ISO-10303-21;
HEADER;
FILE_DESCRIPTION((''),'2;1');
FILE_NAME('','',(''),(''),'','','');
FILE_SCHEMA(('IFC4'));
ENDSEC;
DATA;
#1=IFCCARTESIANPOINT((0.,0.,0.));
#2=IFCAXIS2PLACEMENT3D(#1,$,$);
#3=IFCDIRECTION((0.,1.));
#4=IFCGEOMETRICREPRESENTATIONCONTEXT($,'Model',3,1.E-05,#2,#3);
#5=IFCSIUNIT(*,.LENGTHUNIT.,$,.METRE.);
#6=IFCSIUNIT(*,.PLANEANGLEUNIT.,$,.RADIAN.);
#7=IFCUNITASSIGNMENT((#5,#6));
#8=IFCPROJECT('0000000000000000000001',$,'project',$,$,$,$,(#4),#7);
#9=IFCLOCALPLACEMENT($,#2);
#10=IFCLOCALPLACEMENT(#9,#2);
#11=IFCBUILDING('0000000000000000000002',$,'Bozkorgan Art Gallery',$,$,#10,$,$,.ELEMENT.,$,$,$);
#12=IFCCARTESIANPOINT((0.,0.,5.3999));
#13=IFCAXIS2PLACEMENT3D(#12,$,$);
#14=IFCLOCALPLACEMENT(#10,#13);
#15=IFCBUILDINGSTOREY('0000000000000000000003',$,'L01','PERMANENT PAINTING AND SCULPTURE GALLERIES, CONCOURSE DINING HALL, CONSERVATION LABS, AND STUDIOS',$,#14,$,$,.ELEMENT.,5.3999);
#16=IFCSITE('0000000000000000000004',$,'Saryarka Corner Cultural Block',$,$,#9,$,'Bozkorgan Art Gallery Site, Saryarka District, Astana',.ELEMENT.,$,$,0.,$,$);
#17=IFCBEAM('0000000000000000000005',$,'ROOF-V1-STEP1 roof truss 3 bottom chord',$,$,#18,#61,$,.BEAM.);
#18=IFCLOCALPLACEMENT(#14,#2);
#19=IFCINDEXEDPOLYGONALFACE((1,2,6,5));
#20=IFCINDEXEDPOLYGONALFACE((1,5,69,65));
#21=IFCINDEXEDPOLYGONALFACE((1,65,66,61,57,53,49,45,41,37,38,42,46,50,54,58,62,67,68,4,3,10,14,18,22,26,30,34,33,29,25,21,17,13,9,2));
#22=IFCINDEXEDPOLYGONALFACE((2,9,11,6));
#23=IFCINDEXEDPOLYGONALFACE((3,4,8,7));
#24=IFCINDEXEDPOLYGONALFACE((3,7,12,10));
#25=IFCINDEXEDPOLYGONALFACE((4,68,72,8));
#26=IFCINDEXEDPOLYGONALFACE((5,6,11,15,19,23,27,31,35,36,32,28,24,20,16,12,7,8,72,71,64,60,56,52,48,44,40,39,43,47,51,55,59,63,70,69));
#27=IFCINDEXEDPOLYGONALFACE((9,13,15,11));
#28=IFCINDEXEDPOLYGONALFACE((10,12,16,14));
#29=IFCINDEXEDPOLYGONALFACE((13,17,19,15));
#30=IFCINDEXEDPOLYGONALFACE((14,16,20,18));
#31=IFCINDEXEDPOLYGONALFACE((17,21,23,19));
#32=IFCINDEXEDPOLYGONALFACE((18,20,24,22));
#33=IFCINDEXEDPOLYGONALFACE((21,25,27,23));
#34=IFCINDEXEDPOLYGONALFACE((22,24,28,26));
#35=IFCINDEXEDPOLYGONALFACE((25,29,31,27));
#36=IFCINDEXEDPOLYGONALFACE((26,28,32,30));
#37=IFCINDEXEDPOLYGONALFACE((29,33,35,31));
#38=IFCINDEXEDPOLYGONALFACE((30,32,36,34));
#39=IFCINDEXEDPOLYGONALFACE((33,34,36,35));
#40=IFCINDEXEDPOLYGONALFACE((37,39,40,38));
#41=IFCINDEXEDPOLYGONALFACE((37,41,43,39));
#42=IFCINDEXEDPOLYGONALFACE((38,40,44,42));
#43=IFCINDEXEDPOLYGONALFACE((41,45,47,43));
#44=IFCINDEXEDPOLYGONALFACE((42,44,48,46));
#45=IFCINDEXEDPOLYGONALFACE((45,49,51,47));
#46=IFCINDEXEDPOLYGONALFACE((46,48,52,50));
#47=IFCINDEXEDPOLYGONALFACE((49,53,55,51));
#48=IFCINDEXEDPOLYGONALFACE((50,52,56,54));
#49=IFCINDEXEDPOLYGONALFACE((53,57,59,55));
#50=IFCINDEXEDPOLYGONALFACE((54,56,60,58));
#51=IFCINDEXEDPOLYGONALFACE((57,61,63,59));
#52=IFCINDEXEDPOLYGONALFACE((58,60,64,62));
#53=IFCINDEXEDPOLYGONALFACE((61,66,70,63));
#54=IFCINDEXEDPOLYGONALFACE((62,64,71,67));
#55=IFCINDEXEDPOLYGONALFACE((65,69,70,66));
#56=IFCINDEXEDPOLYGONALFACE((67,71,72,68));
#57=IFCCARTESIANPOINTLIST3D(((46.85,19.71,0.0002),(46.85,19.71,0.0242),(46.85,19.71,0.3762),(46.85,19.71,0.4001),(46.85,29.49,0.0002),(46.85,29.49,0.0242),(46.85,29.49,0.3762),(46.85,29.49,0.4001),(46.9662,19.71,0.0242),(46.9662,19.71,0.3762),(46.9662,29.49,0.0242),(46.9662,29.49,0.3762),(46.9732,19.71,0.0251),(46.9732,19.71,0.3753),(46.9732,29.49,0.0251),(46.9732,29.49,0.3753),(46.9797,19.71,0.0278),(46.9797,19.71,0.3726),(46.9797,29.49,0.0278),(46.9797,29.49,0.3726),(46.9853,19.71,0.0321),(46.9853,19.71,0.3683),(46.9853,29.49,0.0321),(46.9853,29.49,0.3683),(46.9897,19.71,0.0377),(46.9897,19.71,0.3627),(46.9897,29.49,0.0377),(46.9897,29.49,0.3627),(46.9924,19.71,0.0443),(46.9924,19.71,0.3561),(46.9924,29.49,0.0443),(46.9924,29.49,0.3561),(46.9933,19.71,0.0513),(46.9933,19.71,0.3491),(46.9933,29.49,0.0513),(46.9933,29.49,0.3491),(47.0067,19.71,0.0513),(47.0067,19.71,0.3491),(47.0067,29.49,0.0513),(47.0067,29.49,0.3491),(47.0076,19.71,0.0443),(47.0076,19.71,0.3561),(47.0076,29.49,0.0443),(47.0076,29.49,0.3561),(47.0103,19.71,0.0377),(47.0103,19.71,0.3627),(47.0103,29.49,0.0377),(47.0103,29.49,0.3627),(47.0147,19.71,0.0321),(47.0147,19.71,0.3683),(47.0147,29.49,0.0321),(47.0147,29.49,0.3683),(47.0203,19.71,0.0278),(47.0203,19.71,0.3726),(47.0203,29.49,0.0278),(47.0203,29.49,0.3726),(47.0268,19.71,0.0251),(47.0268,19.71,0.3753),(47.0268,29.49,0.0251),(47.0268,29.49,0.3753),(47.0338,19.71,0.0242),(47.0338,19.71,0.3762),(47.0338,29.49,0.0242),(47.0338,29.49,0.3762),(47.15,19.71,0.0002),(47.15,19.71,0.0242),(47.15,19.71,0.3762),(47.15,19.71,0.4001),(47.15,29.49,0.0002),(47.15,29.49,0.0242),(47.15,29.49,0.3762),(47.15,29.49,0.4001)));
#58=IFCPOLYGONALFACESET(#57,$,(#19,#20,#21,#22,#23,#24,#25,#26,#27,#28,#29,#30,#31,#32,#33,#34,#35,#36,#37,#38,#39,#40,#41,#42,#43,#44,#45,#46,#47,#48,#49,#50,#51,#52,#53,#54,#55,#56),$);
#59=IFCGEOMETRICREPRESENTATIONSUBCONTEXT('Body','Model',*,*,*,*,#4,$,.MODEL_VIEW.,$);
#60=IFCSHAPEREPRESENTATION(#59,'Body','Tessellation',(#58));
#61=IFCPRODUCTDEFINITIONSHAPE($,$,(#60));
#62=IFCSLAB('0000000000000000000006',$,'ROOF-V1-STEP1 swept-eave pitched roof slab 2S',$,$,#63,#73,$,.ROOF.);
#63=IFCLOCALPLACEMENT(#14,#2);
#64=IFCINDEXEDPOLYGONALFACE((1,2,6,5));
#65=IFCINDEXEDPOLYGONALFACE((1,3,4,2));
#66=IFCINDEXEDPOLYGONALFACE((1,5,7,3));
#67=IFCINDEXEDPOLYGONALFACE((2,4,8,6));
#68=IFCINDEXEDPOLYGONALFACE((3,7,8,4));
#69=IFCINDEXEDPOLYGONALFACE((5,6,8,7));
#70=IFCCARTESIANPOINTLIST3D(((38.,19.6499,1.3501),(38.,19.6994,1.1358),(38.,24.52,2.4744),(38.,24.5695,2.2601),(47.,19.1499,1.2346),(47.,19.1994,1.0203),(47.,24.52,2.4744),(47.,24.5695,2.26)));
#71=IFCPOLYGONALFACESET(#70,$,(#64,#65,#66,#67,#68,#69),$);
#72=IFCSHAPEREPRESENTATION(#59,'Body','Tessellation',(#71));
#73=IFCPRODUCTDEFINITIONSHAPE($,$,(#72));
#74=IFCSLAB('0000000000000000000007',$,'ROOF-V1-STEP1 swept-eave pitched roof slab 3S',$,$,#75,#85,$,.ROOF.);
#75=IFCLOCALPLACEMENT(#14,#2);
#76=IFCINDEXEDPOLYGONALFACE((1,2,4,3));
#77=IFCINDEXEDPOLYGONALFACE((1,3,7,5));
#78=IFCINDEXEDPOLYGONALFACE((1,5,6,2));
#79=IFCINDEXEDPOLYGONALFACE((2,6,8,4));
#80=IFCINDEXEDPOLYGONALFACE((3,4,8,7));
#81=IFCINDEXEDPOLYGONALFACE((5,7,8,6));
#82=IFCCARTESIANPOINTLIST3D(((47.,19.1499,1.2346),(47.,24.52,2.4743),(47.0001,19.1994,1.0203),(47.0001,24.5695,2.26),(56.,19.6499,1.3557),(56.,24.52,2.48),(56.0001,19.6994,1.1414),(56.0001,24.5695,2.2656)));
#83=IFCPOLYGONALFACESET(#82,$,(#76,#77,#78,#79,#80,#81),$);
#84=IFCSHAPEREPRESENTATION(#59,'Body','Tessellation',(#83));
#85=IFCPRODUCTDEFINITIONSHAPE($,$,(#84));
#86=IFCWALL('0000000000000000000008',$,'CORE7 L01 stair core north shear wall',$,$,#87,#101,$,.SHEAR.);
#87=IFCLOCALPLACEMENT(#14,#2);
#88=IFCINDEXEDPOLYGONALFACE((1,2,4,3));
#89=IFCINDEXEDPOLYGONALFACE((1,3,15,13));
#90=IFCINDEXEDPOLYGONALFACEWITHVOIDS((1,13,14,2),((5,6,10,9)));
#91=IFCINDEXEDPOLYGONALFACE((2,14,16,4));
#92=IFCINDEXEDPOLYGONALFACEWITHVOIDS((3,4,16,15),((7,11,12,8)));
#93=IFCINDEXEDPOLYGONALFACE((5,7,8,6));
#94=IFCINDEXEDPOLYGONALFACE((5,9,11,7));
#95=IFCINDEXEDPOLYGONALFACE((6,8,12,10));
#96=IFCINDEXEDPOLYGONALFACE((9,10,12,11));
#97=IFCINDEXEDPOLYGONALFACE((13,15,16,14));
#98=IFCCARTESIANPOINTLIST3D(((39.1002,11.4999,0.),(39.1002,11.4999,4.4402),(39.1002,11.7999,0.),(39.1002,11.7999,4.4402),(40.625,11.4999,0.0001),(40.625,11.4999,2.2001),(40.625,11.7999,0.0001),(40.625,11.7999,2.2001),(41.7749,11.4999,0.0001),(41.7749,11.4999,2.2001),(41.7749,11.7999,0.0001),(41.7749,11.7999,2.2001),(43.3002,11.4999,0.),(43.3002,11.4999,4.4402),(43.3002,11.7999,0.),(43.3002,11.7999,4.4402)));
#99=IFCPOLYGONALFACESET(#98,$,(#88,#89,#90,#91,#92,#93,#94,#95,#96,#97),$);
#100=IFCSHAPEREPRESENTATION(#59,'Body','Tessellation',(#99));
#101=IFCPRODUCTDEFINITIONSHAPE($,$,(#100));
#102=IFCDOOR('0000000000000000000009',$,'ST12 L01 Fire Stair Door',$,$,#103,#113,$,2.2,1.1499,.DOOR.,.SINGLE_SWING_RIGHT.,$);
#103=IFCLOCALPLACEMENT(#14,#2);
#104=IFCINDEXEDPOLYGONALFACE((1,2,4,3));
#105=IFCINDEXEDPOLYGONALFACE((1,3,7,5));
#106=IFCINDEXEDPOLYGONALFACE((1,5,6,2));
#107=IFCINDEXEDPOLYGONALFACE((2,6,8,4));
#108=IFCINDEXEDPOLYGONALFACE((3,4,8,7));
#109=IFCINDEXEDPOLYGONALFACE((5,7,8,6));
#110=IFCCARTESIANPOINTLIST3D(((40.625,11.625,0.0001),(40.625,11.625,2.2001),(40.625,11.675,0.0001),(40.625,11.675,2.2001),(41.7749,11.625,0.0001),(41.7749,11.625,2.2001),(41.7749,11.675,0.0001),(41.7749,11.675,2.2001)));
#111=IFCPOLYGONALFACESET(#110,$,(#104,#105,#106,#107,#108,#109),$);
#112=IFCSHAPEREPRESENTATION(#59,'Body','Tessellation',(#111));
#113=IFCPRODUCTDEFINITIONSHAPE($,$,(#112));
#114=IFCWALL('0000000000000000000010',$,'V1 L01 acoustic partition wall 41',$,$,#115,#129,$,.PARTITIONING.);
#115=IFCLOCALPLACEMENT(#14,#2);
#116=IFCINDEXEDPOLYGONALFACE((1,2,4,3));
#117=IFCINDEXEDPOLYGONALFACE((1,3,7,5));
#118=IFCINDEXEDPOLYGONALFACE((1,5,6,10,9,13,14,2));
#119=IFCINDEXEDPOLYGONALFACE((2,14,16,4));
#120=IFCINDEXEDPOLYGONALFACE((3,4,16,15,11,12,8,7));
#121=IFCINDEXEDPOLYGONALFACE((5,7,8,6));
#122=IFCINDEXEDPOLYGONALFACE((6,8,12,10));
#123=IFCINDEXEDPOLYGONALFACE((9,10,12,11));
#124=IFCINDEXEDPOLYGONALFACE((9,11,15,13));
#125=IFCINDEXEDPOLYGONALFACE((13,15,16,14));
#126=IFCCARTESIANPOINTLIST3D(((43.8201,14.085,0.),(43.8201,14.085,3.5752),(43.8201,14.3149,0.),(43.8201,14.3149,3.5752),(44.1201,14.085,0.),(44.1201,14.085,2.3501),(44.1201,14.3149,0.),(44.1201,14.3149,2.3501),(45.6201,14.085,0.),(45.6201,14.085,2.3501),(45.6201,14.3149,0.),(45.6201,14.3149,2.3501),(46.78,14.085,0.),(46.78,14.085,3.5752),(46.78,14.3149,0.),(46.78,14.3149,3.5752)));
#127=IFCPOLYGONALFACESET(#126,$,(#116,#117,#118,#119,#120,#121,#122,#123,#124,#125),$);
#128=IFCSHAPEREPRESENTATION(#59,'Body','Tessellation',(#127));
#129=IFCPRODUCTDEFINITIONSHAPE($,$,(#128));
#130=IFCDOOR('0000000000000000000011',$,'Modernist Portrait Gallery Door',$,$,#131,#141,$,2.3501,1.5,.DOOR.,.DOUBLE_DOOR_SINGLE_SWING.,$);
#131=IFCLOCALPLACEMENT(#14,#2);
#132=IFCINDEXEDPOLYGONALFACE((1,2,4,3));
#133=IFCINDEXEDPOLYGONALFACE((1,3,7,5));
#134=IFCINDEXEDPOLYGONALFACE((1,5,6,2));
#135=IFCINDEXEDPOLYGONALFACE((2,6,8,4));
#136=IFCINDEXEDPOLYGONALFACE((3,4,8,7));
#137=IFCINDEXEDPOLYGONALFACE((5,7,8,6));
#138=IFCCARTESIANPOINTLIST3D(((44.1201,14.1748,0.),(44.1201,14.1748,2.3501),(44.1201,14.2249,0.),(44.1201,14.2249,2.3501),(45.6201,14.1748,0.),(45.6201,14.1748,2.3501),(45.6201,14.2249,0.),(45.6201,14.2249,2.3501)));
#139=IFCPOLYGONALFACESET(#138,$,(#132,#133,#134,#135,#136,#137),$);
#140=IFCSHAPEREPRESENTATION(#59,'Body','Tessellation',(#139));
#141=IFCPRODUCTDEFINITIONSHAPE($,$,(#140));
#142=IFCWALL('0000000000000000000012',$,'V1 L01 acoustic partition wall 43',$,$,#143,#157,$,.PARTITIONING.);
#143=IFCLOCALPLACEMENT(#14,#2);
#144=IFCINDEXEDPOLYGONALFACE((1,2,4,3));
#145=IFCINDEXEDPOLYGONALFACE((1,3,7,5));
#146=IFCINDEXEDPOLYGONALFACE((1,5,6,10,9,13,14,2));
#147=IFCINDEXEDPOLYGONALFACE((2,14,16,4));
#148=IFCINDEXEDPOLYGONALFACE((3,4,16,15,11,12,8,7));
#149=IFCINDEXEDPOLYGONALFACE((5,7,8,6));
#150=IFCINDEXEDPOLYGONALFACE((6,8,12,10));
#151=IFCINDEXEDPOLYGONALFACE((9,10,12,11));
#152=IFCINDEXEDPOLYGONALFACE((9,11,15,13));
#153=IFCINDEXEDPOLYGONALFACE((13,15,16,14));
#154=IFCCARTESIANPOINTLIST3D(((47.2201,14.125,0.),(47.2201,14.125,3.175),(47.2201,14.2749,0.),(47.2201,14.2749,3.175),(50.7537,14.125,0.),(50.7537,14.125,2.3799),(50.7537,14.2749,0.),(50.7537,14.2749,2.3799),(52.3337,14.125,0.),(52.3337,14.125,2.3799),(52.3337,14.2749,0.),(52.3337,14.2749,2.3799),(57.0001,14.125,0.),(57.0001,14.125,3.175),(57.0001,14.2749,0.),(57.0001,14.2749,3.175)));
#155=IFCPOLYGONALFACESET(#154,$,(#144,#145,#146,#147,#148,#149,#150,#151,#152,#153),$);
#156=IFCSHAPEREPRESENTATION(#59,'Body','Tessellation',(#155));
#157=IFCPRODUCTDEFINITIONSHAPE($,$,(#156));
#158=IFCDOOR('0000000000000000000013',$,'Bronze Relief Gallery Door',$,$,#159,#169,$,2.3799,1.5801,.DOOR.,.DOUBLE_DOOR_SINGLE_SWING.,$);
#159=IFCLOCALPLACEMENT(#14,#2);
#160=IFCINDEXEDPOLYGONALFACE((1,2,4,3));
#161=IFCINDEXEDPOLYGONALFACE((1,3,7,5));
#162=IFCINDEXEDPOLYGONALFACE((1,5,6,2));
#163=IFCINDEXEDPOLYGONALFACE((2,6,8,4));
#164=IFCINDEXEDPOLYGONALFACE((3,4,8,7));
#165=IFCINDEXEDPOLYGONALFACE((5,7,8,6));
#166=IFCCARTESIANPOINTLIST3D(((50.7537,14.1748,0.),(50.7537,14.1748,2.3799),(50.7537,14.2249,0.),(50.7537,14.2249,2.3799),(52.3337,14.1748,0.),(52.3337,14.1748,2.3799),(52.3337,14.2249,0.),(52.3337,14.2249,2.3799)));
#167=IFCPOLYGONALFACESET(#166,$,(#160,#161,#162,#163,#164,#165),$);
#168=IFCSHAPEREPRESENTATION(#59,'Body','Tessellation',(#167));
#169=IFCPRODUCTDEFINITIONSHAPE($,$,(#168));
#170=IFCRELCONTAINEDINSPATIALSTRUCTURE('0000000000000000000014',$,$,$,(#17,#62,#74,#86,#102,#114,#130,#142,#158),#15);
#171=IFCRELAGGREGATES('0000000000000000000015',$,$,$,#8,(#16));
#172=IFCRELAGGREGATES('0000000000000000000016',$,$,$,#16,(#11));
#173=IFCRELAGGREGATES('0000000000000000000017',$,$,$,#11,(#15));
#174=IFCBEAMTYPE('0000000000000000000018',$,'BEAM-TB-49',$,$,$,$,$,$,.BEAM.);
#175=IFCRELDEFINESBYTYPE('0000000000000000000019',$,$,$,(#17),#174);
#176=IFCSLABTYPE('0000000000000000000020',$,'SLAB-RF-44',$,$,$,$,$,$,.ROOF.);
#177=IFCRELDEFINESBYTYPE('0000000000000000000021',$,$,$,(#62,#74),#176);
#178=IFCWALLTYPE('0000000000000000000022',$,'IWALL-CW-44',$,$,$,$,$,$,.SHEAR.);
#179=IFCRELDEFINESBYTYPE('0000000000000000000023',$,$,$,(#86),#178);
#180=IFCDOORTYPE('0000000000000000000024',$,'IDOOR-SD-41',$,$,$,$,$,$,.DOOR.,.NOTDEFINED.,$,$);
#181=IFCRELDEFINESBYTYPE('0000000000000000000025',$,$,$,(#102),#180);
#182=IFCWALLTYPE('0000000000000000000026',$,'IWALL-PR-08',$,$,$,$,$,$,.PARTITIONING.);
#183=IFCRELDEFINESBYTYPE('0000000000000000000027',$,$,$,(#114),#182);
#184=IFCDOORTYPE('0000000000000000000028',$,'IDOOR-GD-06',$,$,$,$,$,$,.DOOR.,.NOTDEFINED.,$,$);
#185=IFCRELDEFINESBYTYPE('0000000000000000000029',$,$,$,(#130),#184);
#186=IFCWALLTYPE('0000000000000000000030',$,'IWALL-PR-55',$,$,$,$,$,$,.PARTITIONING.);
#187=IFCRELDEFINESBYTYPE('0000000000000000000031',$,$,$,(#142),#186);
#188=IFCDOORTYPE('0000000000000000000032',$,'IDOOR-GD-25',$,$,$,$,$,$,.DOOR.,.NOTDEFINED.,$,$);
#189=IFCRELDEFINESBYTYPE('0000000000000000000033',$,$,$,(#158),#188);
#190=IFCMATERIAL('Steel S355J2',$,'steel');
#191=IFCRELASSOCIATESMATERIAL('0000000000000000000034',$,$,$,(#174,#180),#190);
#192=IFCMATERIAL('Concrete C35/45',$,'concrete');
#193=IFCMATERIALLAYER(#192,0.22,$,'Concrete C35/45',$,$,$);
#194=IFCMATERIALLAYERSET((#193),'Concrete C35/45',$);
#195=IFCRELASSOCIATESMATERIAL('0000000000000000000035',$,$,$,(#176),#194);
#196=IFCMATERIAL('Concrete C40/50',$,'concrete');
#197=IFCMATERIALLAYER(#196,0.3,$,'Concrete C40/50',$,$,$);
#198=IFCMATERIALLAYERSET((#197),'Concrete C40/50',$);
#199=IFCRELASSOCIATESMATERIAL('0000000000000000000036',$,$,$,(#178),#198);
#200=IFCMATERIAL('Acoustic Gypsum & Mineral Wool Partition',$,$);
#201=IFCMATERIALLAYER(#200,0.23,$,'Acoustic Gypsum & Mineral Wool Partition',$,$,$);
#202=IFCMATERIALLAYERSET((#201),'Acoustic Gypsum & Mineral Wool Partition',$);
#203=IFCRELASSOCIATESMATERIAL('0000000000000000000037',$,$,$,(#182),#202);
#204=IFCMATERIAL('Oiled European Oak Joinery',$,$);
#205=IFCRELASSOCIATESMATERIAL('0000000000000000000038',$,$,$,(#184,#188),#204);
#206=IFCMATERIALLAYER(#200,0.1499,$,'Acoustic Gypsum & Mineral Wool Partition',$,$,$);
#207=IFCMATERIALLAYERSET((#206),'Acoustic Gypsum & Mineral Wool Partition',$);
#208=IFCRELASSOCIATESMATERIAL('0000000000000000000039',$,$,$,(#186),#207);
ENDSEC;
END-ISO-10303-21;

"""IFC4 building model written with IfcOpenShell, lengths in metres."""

from ifc_helpers import new_model, si_unit, direction, frame, frame_2d, origin, origin_2d, place, context, subcontext, project, spatial, polyline, rectangle, i_section, outline, extrude, material, layer, layer_set, material_profile, profile_set, type_object, element, fill, save


model = new_model("IFC4")

# Units and contexts
model_context = context("Model", 3, precision=1e-05, world=origin(), true_north=direction((0.0, 1.0)))
body_context = subcontext(model_context, "Body", "Model", "MODEL_VIEW")
ifc_project = project(units=[si_unit("LENGTHUNIT", "METRE"), si_unit("PLANEANGLEUNIT", "RADIAN")], contexts=[model_context])

# Site, building, storey
site_placement = place(None, origin())
site = spatial("IfcSite", under=ifc_project, at=site_placement, Name="Saryarka Corner Cultural Block", LongName="Bozkorgan Art Gallery Site, Saryarka District, Astana", CompositionType="ELEMENT", RefElevation=0.0)
building_placement = place(site_placement, origin())
building = spatial("IfcBuilding", under=site, at=building_placement, Name="Bozkorgan Art Gallery", CompositionType="ELEMENT")
storey_placement = place(building_placement, frame((0.0, 0.0, 5.3999)))
storey = spatial("IfcBuildingStorey", under=building, at=storey_placement, Name="L01", Description="PERMANENT PAINTING AND SCULPTURE GALLERIES, CONCOURSE DINING HALL, CONSERVATION LABS, AND STUDIOS", CompositionType="ELEMENT", Elevation=5.3999)

# Shared definitions
ifc_material_1 = material(Name="Concrete C40/50", Category="concrete")

# Beam
ifc_material_2 = material(Name="Concrete C35/45", Category="concrete")
ifc_material_3 = material(Name="Steel S355J2", Category="steel")
ifc_material_profile_1 = material_profile(ifc_material_3, i_section(OverallWidth=0.3, OverallDepth=0.3999, WebThickness=0.0134, FlangeThickness=0.0239, FilletRadius=0.0271, at=origin_2d()), Name="HEB 400")
ifc_profile_set_1 = profile_set([ifc_material_profile_1], Name="Steel S355J2")
beam_type_1 = type_object("IfcBeamType", Name="BEAM-TB-49", PredefinedType="BEAM", material=ifc_profile_set_1)
for number, where, z_axis, x_axis, name in (
    (1, (47.0, 19.71, 0.2002), (0.0, 1.0, 0.0), (-1.0, 0.0, 0.0), "ROOF-V1-STEP1 roof truss 3 bottom chord"),
):
    element("IfcBeam", number, at=place(storey_placement, frame(where, z_axis=z_axis, x_axis=x_axis)), inside=storey, type_object=beam_type_1, Name=name, PredefinedType="BEAM", context=body_context, shape_type="SweptSolid", body=[
        extrude(i_section(OverallWidth=0.3, OverallDepth=0.3999, WebThickness=0.0134, FlangeThickness=0.0239, FilletRadius=0.0271, at=origin_2d()), origin(), (0.0, 0.0, 1.0), 9.78),
    ])

# Slabs
ifc_layer_1 = layer(ifc_material_2, 0.22, Name="Concrete C35/45")
ifc_layer_set_1 = layer_set([ifc_layer_1], Name="Concrete C35/45")
slab_type = type_object("IfcSlabType", Name="SLAB-RF-44", PredefinedType="ROOF", material=ifc_layer_set_1)
slab_1_placement = place(storey_placement, frame((38.0, 19.6499, 1.3501), z_axis=(0.000003, -0.224939, 0.974373), x_axis=(0.998378, -0.055466, -0.012807)))
element("IfcSlab", 2, at=slab_1_placement, inside=storey, type_object=slab_type, Name="ROOF-V1-STEP1 swept-eave pitched roof slab 2S", PredefinedType="ROOF", context=body_context, shape_type="SweptSolid", body=[
    extrude(outline(polyline([(0.0, 0.0), (9.0146, 0.0), (8.7009, 5.5024), (-0.2845, 4.9901), (0.0, 0.0)])), origin(), (0.0, 0.0, -1.0), 0.22),
])
slab_2_placement = place(storey_placement, frame((47.0, 19.1499, 1.2346), z_axis=(-0.000611, -0.224939, 0.974373), x_axis=(0.99837, 0.055466, 0.01343)))
element("IfcSlab", 3, at=slab_2_placement, inside=storey, type_object=slab_type, Name="ROOF-V1-STEP1 swept-eave pitched roof slab 3S", PredefinedType="ROOF", context=body_context, shape_type="SweptSolid", body=[
    extrude(outline(polyline([(0.0, 0.0), (9.0147, 0.0), (9.2999, 4.9901), (0.3145, 5.5024), (0.0, 0.0)])), origin(), (0.0, 0.0, -1.0), 0.22),
])

# Walls, openings, doors
ifc_layer_2 = layer(ifc_material_1, 0.3, Name="Concrete C40/50")
ifc_layer_set_2 = layer_set([ifc_layer_2], Name="Concrete C40/50")
wall_type_1 = type_object("IfcWallType", Name="IWALL-CW-44", PredefinedType="SHEAR", material=ifc_layer_set_2)
wall_1_placement = place(storey_placement, frame((39.1001, 11.6499, 0.0), z_axis=(0.0, 0.0, 1.0), x_axis=(1.0, 0.0, 0.0)))
wall_1 = element("IfcWall", 4, at=wall_1_placement, inside=storey, type_object=wall_type_1, Name="CORE7 L01 stair core north shear wall", PredefinedType="SHEAR", context=body_context, shape_type="SweptSolid", body=[
    extrude(rectangle(XDim=4.2, YDim=0.3, at=frame_2d((2.1001, 0.0))), origin(), (0.0, 0.0, 1.0), 4.4402),
])
opening_1_placement = place(wall_1_placement, frame((2.6748, 0.0, 0.0), z_axis=(0.0, 0.0, 1.0), x_axis=(-1.0, 0.0, 0.0)))
opening_1 = element("IfcOpeningElement", 5, at=opening_1_placement, cuts=wall_1, PredefinedType="OPENING", context=body_context, shape_type="SweptSolid", body=[
    extrude(rectangle(XDim=1.1499, YDim=2.2, at=frame_2d((0.575, 1.1001))), frame((0.0, 0.1602, 0.0), z_axis=(0.0, -1.0, 0.0), x_axis=(1.0, 0.0, 0.0)), (0.0, 0.0, 1.0), 0.3201),
])
door_type_1 = type_object("IfcDoorType", Name="IDOOR-SD-41", OperationType="NOTDEFINED", PredefinedType="DOOR", material=ifc_material_3)
door_1_placement = place(opening_1_placement, origin())
door_1 = element("IfcDoor", 6, at=door_1_placement, inside=storey, type_object=door_type_1, Name="ST12 L01 Fire Stair Door", OperationType="SINGLE_SWING_RIGHT", OverallHeight=2.2, OverallWidth=1.1499, PredefinedType="DOOR", context=body_context, shape_type="SweptSolid", body=[
    extrude(rectangle(XDim=1.1499, YDim=2.2, at=frame_2d((0.575, 1.1001))), frame((0.0, 0.0249, 0.0), z_axis=(0.0, -1.0, 0.0), x_axis=(1.0, 0.0, 0.0)), (0.0, 0.0, 1.0), 0.05),
])
fill(opening_1, door_1)
ifc_material_4 = material(Name="Acoustic Gypsum & Mineral Wool Partition")
ifc_layer_3 = layer(ifc_material_4, 0.23, Name="Acoustic Gypsum & Mineral Wool Partition")
ifc_layer_set_3 = layer_set([ifc_layer_3], Name="Acoustic Gypsum & Mineral Wool Partition")
wall_type_2 = type_object("IfcWallType", Name="IWALL-PR-08", PredefinedType="PARTITIONING", material=ifc_layer_set_3)
wall_2_placement = place(storey_placement, frame((43.8201, 14.2, 0.0), z_axis=(0.0, 0.0, 1.0), x_axis=(1.0, 0.0, 0.0)))
wall_2 = element("IfcWall", 7, at=wall_2_placement, inside=storey, type_object=wall_type_2, Name="V1 L01 acoustic partition wall 41", PredefinedType="PARTITIONING", context=body_context, shape_type="SweptSolid", body=[
    extrude(rectangle(XDim=2.96, YDim=0.23, at=frame_2d((1.48, 0.0))), origin(), (0.0, 0.0, 1.0), 3.5752),
])
opening_2_placement = place(wall_2_placement, frame((0.3, 0.0, 0.0)))
opening_2 = element("IfcOpeningElement", 8, at=opening_2_placement, cuts=wall_2, PredefinedType="OPENING", context=body_context, shape_type="SweptSolid", body=[
    extrude(rectangle(XDim=1.5, YDim=2.3501, at=frame_2d((0.75, 1.175))), frame((0.0, 0.125, 0.0), z_axis=(0.0, -1.0, 0.0), x_axis=(1.0, 0.0, 0.0)), (0.0, 0.0, 1.0), 0.25),
])
ifc_material_5 = material(Name="Oiled European Oak Joinery")
door_type_2 = type_object("IfcDoorType", Name="IDOOR-GD-06", OperationType="NOTDEFINED", PredefinedType="DOOR", material=ifc_material_5)
door_2_placement = place(opening_2_placement, origin())
door_2 = element("IfcDoor", 9, at=door_2_placement, inside=storey, type_object=door_type_2, Name="Modernist Portrait Gallery Door", OperationType="DOUBLE_DOOR_SINGLE_SWING", OverallHeight=2.3501, OverallWidth=1.5, PredefinedType="DOOR", context=body_context, shape_type="SweptSolid", body=[
    extrude(rectangle(XDim=1.5, YDim=2.3501, at=frame_2d((0.75, 1.175))), frame((0.0, 0.0249, 0.0), z_axis=(0.0, -1.0, 0.0), x_axis=(1.0, 0.0, 0.0)), (0.0, 0.0, 1.0), 0.05),
])
fill(opening_2, door_2)
ifc_layer_4 = layer(ifc_material_4, 0.1499, Name="Acoustic Gypsum & Mineral Wool Partition")
ifc_layer_set_4 = layer_set([ifc_layer_4], Name="Acoustic Gypsum & Mineral Wool Partition")
wall_type_3 = type_object("IfcWallType", Name="IWALL-PR-55", PredefinedType="PARTITIONING", material=ifc_layer_set_4)
wall_3_placement = place(storey_placement, frame((47.22, 14.2, 0.0), z_axis=(0.0, 0.0, 1.0), x_axis=(1.0, 0.0, 0.0)))
wall_3 = element("IfcWall", 10, at=wall_3_placement, inside=storey, type_object=wall_type_3, Name="V1 L01 acoustic partition wall 43", PredefinedType="PARTITIONING", context=body_context, shape_type="SweptSolid", body=[
    extrude(rectangle(XDim=9.78, YDim=0.1499, at=frame_2d((4.8901, 0.0))), origin(), (0.0, 0.0, 1.0), 3.175),
])
opening_3_placement = place(wall_3_placement, frame((3.5337, 0.0, 0.0)))
opening_3 = element("IfcOpeningElement", 11, at=opening_3_placement, cuts=wall_3, PredefinedType="OPENING", context=body_context, shape_type="SweptSolid", body=[
    extrude(rectangle(XDim=1.5801, YDim=2.3799, at=frame_2d((0.79, 1.1899))), frame((0.0, 0.085, 0.0), z_axis=(0.0, -1.0, 0.0), x_axis=(1.0, 0.0, 0.0)), (0.0, 0.0, 1.0), 0.1699),
])
door_type_3 = type_object("IfcDoorType", Name="IDOOR-GD-25", OperationType="NOTDEFINED", PredefinedType="DOOR", material=ifc_material_5)
door_3_placement = place(opening_3_placement, origin())
door_3 = element("IfcDoor", 12, at=door_3_placement, inside=storey, type_object=door_type_3, Name="Bronze Relief Gallery Door", OperationType="DOUBLE_DOOR_SINGLE_SWING", OverallHeight=2.3799, OverallWidth=1.5801, PredefinedType="DOOR", context=body_context, shape_type="SweptSolid", body=[
    extrude(rectangle(XDim=1.5801, YDim=2.3799, at=frame_2d((0.79, 1.1899))), frame((0.0, 0.0249, 0.0), z_axis=(0.0, -1.0, 0.0), x_axis=(1.0, 0.0, 0.0)), (0.0, 0.0, 1.0), 0.05),
])
fill(opening_3, door_3)

save(model, "model.ifc")
